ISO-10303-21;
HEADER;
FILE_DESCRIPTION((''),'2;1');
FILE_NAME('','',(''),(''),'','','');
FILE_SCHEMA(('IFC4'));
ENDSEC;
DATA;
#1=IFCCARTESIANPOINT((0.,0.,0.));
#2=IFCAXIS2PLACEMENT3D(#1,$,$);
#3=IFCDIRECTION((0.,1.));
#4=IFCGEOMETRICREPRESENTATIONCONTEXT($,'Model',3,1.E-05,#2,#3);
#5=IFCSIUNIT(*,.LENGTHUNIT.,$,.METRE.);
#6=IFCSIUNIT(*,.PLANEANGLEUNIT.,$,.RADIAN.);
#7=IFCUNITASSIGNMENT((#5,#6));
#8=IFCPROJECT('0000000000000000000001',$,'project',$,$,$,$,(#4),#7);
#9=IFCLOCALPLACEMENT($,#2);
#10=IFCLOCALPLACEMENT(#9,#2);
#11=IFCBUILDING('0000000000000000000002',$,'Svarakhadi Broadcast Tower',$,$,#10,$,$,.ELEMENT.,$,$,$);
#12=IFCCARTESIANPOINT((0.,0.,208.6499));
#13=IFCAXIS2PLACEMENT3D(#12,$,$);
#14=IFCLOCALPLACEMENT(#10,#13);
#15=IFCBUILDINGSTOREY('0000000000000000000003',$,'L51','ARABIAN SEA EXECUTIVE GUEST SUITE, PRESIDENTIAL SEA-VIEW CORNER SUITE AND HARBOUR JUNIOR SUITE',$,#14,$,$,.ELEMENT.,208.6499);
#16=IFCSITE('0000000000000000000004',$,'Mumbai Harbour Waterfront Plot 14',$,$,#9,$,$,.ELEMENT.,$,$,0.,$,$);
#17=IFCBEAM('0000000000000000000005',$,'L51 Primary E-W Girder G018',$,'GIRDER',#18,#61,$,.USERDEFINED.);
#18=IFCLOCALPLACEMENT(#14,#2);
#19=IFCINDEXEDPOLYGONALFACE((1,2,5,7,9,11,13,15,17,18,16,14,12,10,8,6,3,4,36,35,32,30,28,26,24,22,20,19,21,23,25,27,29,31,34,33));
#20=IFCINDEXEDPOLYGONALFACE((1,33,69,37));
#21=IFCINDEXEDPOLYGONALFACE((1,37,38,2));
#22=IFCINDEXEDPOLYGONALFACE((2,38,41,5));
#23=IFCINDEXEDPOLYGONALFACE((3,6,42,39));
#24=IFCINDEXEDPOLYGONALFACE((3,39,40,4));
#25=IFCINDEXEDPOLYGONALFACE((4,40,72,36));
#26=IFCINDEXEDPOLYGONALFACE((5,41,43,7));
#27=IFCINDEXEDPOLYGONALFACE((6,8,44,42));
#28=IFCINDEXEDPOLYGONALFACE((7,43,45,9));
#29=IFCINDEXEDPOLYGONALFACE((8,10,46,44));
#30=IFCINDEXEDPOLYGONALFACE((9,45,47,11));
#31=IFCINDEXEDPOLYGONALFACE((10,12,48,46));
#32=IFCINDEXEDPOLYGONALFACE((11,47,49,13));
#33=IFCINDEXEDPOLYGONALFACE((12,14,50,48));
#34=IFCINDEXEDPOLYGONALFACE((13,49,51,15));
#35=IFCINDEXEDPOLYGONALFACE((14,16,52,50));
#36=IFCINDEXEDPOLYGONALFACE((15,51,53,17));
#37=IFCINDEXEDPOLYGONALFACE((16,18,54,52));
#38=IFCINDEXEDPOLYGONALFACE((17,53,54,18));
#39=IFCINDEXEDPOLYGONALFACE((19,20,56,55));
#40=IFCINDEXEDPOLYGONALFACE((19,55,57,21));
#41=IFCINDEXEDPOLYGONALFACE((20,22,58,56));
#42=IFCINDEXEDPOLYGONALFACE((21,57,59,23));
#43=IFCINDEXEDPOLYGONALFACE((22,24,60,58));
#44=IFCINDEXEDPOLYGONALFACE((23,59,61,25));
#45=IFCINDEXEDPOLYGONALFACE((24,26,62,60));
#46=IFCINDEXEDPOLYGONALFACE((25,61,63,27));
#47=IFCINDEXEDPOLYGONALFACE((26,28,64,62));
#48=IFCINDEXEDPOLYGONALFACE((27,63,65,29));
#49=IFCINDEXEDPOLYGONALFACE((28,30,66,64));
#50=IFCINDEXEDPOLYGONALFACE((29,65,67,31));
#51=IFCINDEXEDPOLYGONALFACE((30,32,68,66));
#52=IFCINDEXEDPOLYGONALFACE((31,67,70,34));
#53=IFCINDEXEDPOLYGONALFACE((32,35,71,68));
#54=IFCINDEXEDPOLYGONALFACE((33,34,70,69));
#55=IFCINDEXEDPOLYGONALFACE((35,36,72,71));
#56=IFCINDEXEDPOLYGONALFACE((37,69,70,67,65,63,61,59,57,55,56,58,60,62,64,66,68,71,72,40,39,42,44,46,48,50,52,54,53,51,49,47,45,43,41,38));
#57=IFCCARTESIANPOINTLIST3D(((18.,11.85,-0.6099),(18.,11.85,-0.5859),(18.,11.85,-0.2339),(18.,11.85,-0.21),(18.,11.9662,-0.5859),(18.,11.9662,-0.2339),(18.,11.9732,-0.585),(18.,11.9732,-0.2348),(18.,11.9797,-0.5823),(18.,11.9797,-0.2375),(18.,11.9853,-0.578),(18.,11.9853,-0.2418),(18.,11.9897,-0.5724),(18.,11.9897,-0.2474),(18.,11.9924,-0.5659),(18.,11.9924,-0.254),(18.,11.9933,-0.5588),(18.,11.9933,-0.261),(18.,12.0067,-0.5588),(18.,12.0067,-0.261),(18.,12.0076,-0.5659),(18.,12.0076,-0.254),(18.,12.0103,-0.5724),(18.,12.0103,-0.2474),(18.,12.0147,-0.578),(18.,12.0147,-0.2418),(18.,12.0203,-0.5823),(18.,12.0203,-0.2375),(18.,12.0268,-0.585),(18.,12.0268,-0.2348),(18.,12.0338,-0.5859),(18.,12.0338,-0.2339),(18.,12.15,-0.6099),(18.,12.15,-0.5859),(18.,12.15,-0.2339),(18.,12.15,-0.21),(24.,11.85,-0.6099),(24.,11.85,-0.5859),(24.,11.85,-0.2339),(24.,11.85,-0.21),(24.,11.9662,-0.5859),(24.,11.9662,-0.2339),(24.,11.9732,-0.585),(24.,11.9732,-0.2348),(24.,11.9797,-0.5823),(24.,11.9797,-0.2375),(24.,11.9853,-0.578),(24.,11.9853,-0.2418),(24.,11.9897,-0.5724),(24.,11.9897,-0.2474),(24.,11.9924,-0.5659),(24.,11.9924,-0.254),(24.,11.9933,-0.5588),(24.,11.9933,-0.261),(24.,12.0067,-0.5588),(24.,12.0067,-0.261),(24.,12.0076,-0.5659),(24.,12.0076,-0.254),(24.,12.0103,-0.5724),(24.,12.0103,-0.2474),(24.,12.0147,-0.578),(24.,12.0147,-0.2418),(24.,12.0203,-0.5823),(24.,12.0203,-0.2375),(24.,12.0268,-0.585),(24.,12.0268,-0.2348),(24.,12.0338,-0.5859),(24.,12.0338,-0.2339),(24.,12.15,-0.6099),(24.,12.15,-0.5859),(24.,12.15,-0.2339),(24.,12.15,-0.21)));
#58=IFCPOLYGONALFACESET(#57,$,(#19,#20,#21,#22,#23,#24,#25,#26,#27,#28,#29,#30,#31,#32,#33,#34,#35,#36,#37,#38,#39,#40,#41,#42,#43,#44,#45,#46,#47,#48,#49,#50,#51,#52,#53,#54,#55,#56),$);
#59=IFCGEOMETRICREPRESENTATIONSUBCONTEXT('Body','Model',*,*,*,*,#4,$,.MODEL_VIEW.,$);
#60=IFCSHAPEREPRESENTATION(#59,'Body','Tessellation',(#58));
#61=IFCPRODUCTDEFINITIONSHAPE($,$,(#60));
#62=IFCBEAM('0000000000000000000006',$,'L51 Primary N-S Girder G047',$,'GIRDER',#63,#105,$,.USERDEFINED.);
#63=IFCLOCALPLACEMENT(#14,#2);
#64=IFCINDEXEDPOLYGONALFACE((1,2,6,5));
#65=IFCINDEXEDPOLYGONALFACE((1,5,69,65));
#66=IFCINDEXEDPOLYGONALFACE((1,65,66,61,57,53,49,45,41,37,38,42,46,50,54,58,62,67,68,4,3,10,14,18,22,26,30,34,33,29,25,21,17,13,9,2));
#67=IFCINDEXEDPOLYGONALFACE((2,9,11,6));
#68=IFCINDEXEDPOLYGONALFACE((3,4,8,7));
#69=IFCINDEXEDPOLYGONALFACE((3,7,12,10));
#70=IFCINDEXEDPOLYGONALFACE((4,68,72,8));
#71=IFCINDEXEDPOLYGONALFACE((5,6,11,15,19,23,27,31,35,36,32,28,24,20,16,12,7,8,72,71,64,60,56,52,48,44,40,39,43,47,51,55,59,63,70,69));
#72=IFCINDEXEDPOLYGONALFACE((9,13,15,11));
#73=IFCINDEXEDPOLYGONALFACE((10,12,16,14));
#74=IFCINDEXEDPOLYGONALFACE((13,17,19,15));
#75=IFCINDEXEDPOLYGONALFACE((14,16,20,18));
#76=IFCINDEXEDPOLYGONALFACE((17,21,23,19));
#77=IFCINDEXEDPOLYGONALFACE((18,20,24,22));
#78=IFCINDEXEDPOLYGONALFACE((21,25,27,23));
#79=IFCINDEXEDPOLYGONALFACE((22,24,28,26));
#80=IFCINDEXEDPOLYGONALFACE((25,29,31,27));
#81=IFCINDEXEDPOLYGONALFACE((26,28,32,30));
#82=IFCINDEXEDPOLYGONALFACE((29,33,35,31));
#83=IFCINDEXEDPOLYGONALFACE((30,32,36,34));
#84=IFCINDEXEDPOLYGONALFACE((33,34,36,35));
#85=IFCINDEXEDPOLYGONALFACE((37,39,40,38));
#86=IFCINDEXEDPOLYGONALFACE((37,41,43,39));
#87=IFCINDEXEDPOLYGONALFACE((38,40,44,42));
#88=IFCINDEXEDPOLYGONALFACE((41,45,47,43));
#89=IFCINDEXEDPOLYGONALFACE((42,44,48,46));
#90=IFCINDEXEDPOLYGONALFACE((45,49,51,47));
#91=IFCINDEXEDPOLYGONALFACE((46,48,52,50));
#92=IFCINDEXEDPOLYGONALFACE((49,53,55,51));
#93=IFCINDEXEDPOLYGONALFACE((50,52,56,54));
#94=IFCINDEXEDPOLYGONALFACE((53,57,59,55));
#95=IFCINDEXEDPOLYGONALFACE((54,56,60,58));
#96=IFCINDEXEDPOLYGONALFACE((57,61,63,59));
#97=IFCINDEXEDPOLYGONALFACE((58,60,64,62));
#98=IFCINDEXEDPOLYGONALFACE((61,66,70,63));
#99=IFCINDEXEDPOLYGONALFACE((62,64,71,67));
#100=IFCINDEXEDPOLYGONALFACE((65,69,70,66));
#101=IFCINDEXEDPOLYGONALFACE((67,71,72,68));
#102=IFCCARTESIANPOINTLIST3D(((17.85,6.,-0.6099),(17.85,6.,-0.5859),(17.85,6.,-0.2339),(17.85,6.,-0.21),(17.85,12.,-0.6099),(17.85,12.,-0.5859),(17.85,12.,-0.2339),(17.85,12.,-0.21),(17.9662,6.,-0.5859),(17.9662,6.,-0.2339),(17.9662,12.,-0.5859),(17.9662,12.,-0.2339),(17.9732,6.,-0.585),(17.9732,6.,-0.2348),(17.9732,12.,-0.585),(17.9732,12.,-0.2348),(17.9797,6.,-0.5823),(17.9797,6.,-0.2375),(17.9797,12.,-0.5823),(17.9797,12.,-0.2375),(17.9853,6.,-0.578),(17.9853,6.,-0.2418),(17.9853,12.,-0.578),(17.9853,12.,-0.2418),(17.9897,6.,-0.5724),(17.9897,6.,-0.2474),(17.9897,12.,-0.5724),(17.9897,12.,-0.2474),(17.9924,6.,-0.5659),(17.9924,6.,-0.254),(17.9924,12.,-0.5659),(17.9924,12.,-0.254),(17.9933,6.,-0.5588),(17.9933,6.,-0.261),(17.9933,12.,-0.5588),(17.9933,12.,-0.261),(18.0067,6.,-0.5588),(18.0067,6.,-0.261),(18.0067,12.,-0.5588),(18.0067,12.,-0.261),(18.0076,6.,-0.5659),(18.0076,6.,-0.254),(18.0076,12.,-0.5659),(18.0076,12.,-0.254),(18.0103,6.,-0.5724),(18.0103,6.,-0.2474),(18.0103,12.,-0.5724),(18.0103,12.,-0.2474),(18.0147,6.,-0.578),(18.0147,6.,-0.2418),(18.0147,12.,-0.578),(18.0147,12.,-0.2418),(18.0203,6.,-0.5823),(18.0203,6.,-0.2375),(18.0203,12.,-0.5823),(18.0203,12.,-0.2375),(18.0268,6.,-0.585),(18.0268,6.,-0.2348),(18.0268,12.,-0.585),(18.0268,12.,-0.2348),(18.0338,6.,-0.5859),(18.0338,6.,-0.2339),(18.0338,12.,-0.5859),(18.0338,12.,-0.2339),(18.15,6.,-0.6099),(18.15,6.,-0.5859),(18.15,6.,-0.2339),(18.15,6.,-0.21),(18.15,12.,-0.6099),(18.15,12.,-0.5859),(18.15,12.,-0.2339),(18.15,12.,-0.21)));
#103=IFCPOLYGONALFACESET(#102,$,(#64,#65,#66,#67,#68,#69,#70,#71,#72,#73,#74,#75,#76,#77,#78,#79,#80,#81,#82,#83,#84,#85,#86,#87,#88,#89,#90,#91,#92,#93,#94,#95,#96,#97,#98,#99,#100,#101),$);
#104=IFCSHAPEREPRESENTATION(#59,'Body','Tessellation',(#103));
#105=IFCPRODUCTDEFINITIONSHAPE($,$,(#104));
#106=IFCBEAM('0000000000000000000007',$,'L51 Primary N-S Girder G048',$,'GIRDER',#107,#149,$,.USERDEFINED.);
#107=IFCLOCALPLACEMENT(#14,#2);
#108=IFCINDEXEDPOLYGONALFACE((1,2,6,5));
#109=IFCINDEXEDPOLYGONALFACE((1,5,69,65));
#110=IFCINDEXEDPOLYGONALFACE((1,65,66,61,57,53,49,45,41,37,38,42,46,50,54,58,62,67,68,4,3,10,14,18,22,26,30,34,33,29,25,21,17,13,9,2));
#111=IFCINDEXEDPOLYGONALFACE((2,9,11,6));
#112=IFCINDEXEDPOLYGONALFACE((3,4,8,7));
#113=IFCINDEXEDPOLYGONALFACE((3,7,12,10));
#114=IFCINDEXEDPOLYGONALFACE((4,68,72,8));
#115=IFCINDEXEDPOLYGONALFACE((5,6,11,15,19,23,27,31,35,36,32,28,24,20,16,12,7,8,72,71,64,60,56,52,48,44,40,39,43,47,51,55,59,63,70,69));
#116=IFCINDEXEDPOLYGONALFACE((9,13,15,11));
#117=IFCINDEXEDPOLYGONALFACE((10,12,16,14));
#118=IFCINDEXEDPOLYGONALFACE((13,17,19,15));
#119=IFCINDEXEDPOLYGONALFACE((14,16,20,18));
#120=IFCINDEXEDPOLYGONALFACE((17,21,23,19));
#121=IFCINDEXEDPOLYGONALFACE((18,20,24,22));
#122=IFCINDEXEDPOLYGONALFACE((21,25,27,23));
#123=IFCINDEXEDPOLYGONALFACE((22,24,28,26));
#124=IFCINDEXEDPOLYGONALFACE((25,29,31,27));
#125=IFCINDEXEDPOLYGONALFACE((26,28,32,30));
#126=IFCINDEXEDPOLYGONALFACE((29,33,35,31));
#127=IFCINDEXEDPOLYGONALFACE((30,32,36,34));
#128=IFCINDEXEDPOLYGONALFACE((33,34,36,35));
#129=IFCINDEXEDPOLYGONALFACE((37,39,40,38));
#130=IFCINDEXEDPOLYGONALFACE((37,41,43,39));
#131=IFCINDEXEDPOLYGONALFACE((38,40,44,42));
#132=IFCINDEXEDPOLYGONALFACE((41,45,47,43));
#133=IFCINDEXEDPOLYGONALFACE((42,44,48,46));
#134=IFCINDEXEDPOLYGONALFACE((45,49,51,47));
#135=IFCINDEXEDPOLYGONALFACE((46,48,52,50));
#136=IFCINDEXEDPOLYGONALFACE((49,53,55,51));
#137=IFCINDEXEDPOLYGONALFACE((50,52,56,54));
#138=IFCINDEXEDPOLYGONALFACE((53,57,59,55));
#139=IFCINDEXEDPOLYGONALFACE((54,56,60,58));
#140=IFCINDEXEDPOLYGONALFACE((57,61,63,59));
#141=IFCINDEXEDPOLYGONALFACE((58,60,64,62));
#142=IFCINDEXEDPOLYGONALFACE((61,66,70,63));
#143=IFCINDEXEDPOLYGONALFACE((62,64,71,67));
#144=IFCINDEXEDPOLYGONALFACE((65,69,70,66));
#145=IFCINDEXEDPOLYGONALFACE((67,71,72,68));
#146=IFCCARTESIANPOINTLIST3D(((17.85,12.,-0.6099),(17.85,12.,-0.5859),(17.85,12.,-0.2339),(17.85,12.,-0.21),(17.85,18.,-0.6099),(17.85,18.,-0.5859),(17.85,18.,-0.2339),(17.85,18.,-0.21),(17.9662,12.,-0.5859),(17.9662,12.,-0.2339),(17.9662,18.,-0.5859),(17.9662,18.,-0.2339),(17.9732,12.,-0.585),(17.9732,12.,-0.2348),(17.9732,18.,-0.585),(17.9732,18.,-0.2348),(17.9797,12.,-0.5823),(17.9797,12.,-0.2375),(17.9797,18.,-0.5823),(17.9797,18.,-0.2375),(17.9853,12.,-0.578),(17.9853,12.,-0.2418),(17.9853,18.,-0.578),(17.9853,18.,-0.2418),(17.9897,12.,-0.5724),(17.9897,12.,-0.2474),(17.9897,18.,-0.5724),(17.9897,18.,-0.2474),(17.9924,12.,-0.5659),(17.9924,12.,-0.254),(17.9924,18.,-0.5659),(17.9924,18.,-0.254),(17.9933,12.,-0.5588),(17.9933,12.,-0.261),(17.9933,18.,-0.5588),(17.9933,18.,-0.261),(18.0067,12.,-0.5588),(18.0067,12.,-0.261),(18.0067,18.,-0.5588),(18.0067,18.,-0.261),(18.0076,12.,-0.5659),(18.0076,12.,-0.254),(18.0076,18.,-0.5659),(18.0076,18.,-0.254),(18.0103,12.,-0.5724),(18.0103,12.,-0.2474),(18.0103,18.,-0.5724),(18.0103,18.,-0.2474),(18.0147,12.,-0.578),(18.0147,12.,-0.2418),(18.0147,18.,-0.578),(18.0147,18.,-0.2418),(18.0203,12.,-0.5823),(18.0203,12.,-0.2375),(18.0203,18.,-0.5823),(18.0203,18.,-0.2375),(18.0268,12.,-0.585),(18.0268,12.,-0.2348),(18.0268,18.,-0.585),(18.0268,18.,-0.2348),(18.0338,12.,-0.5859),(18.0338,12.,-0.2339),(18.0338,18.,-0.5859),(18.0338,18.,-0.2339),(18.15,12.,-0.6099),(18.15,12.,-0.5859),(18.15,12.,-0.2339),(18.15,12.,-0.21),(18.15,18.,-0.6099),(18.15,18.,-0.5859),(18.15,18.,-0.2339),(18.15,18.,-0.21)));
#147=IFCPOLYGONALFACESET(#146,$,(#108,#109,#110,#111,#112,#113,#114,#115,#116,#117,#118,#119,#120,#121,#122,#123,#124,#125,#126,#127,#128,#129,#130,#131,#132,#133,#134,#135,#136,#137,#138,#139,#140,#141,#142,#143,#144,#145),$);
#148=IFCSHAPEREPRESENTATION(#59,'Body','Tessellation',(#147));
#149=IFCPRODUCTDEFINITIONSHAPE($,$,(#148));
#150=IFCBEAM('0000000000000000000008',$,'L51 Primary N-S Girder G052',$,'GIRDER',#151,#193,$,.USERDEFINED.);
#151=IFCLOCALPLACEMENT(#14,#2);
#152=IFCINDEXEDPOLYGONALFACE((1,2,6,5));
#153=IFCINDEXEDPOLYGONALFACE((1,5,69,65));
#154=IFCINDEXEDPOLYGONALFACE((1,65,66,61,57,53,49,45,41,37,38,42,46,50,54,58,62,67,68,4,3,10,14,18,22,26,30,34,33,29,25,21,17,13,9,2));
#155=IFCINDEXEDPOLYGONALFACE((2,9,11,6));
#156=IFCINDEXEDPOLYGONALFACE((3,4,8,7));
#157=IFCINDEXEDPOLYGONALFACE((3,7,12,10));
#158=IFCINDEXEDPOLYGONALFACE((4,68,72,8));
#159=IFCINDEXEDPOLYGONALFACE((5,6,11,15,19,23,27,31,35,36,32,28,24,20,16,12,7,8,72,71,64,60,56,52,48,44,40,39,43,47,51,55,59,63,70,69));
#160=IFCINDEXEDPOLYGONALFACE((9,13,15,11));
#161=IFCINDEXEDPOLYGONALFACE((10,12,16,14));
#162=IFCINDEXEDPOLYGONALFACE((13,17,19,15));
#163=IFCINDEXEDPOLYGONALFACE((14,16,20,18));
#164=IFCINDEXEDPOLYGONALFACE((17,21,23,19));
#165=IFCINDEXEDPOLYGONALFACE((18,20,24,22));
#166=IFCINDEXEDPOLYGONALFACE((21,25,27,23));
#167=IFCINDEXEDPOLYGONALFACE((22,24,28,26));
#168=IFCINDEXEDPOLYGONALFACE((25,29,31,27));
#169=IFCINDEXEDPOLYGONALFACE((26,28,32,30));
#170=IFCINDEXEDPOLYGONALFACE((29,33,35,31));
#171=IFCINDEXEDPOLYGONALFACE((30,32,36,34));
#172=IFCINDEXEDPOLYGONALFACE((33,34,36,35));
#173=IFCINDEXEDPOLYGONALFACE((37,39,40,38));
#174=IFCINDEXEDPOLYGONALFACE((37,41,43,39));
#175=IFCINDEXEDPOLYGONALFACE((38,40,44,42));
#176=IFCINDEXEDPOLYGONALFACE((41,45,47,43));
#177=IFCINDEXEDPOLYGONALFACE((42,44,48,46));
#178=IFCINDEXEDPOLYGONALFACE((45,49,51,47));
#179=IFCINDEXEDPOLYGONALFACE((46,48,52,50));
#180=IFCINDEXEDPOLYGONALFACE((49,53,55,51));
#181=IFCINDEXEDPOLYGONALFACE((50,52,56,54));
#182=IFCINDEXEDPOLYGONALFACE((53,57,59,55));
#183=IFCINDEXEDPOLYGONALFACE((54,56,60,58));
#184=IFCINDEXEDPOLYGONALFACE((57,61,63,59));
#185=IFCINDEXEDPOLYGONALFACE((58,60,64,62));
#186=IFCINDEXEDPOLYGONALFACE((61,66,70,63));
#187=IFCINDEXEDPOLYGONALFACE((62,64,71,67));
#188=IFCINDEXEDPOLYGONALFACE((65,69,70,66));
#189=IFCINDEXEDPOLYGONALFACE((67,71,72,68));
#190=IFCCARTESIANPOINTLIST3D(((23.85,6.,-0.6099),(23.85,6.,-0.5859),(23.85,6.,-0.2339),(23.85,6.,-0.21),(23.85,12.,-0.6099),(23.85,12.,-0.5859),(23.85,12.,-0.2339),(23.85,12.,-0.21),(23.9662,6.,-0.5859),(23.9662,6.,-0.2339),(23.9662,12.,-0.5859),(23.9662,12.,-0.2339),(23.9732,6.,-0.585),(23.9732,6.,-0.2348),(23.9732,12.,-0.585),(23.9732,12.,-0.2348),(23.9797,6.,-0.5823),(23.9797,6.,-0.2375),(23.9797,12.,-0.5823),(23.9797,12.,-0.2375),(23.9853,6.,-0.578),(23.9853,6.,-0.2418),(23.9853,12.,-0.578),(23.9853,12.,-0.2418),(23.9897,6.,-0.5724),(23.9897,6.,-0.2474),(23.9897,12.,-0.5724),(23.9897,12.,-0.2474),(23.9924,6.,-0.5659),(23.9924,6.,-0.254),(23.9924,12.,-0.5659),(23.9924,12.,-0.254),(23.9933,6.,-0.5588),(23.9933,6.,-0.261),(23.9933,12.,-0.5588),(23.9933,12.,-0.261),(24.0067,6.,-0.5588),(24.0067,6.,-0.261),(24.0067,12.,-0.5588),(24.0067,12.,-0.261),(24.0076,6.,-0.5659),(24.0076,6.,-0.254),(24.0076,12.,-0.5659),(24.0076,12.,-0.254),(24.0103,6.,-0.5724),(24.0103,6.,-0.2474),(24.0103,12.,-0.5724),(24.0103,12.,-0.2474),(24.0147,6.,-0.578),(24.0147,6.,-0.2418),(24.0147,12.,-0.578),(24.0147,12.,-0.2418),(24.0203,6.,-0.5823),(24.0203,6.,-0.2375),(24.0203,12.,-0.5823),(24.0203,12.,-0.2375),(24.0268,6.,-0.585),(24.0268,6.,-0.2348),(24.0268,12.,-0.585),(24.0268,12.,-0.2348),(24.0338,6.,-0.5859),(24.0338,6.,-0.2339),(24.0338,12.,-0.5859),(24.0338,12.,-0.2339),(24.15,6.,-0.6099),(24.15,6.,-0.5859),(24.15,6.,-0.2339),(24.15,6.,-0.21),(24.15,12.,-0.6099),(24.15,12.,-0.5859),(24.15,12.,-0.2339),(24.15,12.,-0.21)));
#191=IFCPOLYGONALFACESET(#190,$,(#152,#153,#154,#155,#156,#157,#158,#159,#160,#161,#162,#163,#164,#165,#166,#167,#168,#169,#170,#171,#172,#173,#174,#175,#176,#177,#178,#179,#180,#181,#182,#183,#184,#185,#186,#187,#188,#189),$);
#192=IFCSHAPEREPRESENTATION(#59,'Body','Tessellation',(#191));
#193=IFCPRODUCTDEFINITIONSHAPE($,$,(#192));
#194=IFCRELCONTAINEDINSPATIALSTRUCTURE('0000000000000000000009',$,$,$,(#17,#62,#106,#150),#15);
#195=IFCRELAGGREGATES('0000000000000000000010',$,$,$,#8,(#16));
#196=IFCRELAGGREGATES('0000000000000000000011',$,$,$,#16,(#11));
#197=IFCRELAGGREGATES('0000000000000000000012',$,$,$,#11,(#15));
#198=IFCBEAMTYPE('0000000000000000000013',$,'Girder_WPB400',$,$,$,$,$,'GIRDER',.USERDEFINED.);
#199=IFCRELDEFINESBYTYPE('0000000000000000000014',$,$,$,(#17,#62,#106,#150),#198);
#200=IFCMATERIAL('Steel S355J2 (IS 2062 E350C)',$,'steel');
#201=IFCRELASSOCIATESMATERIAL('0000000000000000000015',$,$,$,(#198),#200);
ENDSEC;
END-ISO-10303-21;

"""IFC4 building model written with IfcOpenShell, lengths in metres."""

from ifc_helpers import new_model, si_unit, direction, frame, origin, origin_2d, place, context, subcontext, project, spatial, i_section, extrude, material, material_profile, profile_set, type_object, element, save


model = new_model("IFC4")

# Units and contexts
model_context = context("Model", 3, precision=1e-05, world=origin(), true_north=direction((0.0, 1.0)))
body_context = subcontext(model_context, "Body", "Model", "MODEL_VIEW")
ifc_project = project(units=[si_unit("LENGTHUNIT", "METRE"), si_unit("PLANEANGLEUNIT", "RADIAN")], contexts=[model_context])

# Site, building, storey
site_placement = place(None, origin())
site = spatial("IfcSite", under=ifc_project, at=site_placement, Name="Mumbai Harbour Waterfront Plot 14", CompositionType="ELEMENT", RefElevation=0.0)
building_placement = place(site_placement, origin())
building = spatial("IfcBuilding", under=site, at=building_placement, Name="Svarakhadi Broadcast Tower", CompositionType="ELEMENT")
storey_placement = place(building_placement, frame((0.0, 0.0, 208.6499)))
storey = spatial("IfcBuildingStorey", under=building, at=storey_placement, Name="L51", Description="ARABIAN SEA EXECUTIVE GUEST SUITE, PRESIDENTIAL SEA-VIEW CORNER SUITE AND HARBOUR JUNIOR SUITE", CompositionType="ELEMENT", Elevation=208.6499)

# Beams
ifc_material_1 = material(Name="Steel S355J2 (IS 2062 E350C)", Category="steel")
ifc_material_profile_1 = material_profile(ifc_material_1, i_section(OverallWidth=0.3, OverallDepth=0.3999, WebThickness=0.0134, FlangeThickness=0.0239, FilletRadius=0.0271, at=origin_2d()), Name="WPB 400x300x155")
ifc_profile_set_1 = profile_set([ifc_material_profile_1], Name="Steel S355J2 (IS 2062 E350C)")
beam_type_1 = type_object("IfcBeamType", Name="Girder_WPB400", ElementType="GIRDER", PredefinedType="USERDEFINED", material=ifc_profile_set_1)
for number, where, z_axis, x_axis, name in (
    (1, (18.0, 12.0, -0.4099), (1.0, 0.0, 0.0), (0.0, 1.0, 0.0), "L51 Primary E-W Girder G018"),
    (2, (18.0, 6.0, -0.4099), (0.0, 1.0, 0.0), (-1.0, 0.0, 0.0), "L51 Primary N-S Girder G047"),
    (3, (18.0, 12.0, -0.4099), (0.0, 1.0, 0.0), (-1.0, 0.0, 0.0), "L51 Primary N-S Girder G048"),
    (4, (24.0, 6.0, -0.4099), (0.0, 1.0, 0.0), (-1.0, 0.0, 0.0), "L51 Primary N-S Girder G052"),
):
    element("IfcBeam", number, at=place(storey_placement, frame(where, z_axis=z_axis, x_axis=x_axis)), inside=storey, type_object=beam_type_1, Name=name, ObjectType="GIRDER", PredefinedType="USERDEFINED", context=body_context, shape_type="SweptSolid", body=[
        extrude(i_section(OverallWidth=0.3, OverallDepth=0.3999, WebThickness=0.0134, FlangeThickness=0.0239, FilletRadius=0.0271, at=origin_2d()), origin(), (0.0, 0.0, 1.0), 6.0),
    ])

save(model, "model.ifc")
